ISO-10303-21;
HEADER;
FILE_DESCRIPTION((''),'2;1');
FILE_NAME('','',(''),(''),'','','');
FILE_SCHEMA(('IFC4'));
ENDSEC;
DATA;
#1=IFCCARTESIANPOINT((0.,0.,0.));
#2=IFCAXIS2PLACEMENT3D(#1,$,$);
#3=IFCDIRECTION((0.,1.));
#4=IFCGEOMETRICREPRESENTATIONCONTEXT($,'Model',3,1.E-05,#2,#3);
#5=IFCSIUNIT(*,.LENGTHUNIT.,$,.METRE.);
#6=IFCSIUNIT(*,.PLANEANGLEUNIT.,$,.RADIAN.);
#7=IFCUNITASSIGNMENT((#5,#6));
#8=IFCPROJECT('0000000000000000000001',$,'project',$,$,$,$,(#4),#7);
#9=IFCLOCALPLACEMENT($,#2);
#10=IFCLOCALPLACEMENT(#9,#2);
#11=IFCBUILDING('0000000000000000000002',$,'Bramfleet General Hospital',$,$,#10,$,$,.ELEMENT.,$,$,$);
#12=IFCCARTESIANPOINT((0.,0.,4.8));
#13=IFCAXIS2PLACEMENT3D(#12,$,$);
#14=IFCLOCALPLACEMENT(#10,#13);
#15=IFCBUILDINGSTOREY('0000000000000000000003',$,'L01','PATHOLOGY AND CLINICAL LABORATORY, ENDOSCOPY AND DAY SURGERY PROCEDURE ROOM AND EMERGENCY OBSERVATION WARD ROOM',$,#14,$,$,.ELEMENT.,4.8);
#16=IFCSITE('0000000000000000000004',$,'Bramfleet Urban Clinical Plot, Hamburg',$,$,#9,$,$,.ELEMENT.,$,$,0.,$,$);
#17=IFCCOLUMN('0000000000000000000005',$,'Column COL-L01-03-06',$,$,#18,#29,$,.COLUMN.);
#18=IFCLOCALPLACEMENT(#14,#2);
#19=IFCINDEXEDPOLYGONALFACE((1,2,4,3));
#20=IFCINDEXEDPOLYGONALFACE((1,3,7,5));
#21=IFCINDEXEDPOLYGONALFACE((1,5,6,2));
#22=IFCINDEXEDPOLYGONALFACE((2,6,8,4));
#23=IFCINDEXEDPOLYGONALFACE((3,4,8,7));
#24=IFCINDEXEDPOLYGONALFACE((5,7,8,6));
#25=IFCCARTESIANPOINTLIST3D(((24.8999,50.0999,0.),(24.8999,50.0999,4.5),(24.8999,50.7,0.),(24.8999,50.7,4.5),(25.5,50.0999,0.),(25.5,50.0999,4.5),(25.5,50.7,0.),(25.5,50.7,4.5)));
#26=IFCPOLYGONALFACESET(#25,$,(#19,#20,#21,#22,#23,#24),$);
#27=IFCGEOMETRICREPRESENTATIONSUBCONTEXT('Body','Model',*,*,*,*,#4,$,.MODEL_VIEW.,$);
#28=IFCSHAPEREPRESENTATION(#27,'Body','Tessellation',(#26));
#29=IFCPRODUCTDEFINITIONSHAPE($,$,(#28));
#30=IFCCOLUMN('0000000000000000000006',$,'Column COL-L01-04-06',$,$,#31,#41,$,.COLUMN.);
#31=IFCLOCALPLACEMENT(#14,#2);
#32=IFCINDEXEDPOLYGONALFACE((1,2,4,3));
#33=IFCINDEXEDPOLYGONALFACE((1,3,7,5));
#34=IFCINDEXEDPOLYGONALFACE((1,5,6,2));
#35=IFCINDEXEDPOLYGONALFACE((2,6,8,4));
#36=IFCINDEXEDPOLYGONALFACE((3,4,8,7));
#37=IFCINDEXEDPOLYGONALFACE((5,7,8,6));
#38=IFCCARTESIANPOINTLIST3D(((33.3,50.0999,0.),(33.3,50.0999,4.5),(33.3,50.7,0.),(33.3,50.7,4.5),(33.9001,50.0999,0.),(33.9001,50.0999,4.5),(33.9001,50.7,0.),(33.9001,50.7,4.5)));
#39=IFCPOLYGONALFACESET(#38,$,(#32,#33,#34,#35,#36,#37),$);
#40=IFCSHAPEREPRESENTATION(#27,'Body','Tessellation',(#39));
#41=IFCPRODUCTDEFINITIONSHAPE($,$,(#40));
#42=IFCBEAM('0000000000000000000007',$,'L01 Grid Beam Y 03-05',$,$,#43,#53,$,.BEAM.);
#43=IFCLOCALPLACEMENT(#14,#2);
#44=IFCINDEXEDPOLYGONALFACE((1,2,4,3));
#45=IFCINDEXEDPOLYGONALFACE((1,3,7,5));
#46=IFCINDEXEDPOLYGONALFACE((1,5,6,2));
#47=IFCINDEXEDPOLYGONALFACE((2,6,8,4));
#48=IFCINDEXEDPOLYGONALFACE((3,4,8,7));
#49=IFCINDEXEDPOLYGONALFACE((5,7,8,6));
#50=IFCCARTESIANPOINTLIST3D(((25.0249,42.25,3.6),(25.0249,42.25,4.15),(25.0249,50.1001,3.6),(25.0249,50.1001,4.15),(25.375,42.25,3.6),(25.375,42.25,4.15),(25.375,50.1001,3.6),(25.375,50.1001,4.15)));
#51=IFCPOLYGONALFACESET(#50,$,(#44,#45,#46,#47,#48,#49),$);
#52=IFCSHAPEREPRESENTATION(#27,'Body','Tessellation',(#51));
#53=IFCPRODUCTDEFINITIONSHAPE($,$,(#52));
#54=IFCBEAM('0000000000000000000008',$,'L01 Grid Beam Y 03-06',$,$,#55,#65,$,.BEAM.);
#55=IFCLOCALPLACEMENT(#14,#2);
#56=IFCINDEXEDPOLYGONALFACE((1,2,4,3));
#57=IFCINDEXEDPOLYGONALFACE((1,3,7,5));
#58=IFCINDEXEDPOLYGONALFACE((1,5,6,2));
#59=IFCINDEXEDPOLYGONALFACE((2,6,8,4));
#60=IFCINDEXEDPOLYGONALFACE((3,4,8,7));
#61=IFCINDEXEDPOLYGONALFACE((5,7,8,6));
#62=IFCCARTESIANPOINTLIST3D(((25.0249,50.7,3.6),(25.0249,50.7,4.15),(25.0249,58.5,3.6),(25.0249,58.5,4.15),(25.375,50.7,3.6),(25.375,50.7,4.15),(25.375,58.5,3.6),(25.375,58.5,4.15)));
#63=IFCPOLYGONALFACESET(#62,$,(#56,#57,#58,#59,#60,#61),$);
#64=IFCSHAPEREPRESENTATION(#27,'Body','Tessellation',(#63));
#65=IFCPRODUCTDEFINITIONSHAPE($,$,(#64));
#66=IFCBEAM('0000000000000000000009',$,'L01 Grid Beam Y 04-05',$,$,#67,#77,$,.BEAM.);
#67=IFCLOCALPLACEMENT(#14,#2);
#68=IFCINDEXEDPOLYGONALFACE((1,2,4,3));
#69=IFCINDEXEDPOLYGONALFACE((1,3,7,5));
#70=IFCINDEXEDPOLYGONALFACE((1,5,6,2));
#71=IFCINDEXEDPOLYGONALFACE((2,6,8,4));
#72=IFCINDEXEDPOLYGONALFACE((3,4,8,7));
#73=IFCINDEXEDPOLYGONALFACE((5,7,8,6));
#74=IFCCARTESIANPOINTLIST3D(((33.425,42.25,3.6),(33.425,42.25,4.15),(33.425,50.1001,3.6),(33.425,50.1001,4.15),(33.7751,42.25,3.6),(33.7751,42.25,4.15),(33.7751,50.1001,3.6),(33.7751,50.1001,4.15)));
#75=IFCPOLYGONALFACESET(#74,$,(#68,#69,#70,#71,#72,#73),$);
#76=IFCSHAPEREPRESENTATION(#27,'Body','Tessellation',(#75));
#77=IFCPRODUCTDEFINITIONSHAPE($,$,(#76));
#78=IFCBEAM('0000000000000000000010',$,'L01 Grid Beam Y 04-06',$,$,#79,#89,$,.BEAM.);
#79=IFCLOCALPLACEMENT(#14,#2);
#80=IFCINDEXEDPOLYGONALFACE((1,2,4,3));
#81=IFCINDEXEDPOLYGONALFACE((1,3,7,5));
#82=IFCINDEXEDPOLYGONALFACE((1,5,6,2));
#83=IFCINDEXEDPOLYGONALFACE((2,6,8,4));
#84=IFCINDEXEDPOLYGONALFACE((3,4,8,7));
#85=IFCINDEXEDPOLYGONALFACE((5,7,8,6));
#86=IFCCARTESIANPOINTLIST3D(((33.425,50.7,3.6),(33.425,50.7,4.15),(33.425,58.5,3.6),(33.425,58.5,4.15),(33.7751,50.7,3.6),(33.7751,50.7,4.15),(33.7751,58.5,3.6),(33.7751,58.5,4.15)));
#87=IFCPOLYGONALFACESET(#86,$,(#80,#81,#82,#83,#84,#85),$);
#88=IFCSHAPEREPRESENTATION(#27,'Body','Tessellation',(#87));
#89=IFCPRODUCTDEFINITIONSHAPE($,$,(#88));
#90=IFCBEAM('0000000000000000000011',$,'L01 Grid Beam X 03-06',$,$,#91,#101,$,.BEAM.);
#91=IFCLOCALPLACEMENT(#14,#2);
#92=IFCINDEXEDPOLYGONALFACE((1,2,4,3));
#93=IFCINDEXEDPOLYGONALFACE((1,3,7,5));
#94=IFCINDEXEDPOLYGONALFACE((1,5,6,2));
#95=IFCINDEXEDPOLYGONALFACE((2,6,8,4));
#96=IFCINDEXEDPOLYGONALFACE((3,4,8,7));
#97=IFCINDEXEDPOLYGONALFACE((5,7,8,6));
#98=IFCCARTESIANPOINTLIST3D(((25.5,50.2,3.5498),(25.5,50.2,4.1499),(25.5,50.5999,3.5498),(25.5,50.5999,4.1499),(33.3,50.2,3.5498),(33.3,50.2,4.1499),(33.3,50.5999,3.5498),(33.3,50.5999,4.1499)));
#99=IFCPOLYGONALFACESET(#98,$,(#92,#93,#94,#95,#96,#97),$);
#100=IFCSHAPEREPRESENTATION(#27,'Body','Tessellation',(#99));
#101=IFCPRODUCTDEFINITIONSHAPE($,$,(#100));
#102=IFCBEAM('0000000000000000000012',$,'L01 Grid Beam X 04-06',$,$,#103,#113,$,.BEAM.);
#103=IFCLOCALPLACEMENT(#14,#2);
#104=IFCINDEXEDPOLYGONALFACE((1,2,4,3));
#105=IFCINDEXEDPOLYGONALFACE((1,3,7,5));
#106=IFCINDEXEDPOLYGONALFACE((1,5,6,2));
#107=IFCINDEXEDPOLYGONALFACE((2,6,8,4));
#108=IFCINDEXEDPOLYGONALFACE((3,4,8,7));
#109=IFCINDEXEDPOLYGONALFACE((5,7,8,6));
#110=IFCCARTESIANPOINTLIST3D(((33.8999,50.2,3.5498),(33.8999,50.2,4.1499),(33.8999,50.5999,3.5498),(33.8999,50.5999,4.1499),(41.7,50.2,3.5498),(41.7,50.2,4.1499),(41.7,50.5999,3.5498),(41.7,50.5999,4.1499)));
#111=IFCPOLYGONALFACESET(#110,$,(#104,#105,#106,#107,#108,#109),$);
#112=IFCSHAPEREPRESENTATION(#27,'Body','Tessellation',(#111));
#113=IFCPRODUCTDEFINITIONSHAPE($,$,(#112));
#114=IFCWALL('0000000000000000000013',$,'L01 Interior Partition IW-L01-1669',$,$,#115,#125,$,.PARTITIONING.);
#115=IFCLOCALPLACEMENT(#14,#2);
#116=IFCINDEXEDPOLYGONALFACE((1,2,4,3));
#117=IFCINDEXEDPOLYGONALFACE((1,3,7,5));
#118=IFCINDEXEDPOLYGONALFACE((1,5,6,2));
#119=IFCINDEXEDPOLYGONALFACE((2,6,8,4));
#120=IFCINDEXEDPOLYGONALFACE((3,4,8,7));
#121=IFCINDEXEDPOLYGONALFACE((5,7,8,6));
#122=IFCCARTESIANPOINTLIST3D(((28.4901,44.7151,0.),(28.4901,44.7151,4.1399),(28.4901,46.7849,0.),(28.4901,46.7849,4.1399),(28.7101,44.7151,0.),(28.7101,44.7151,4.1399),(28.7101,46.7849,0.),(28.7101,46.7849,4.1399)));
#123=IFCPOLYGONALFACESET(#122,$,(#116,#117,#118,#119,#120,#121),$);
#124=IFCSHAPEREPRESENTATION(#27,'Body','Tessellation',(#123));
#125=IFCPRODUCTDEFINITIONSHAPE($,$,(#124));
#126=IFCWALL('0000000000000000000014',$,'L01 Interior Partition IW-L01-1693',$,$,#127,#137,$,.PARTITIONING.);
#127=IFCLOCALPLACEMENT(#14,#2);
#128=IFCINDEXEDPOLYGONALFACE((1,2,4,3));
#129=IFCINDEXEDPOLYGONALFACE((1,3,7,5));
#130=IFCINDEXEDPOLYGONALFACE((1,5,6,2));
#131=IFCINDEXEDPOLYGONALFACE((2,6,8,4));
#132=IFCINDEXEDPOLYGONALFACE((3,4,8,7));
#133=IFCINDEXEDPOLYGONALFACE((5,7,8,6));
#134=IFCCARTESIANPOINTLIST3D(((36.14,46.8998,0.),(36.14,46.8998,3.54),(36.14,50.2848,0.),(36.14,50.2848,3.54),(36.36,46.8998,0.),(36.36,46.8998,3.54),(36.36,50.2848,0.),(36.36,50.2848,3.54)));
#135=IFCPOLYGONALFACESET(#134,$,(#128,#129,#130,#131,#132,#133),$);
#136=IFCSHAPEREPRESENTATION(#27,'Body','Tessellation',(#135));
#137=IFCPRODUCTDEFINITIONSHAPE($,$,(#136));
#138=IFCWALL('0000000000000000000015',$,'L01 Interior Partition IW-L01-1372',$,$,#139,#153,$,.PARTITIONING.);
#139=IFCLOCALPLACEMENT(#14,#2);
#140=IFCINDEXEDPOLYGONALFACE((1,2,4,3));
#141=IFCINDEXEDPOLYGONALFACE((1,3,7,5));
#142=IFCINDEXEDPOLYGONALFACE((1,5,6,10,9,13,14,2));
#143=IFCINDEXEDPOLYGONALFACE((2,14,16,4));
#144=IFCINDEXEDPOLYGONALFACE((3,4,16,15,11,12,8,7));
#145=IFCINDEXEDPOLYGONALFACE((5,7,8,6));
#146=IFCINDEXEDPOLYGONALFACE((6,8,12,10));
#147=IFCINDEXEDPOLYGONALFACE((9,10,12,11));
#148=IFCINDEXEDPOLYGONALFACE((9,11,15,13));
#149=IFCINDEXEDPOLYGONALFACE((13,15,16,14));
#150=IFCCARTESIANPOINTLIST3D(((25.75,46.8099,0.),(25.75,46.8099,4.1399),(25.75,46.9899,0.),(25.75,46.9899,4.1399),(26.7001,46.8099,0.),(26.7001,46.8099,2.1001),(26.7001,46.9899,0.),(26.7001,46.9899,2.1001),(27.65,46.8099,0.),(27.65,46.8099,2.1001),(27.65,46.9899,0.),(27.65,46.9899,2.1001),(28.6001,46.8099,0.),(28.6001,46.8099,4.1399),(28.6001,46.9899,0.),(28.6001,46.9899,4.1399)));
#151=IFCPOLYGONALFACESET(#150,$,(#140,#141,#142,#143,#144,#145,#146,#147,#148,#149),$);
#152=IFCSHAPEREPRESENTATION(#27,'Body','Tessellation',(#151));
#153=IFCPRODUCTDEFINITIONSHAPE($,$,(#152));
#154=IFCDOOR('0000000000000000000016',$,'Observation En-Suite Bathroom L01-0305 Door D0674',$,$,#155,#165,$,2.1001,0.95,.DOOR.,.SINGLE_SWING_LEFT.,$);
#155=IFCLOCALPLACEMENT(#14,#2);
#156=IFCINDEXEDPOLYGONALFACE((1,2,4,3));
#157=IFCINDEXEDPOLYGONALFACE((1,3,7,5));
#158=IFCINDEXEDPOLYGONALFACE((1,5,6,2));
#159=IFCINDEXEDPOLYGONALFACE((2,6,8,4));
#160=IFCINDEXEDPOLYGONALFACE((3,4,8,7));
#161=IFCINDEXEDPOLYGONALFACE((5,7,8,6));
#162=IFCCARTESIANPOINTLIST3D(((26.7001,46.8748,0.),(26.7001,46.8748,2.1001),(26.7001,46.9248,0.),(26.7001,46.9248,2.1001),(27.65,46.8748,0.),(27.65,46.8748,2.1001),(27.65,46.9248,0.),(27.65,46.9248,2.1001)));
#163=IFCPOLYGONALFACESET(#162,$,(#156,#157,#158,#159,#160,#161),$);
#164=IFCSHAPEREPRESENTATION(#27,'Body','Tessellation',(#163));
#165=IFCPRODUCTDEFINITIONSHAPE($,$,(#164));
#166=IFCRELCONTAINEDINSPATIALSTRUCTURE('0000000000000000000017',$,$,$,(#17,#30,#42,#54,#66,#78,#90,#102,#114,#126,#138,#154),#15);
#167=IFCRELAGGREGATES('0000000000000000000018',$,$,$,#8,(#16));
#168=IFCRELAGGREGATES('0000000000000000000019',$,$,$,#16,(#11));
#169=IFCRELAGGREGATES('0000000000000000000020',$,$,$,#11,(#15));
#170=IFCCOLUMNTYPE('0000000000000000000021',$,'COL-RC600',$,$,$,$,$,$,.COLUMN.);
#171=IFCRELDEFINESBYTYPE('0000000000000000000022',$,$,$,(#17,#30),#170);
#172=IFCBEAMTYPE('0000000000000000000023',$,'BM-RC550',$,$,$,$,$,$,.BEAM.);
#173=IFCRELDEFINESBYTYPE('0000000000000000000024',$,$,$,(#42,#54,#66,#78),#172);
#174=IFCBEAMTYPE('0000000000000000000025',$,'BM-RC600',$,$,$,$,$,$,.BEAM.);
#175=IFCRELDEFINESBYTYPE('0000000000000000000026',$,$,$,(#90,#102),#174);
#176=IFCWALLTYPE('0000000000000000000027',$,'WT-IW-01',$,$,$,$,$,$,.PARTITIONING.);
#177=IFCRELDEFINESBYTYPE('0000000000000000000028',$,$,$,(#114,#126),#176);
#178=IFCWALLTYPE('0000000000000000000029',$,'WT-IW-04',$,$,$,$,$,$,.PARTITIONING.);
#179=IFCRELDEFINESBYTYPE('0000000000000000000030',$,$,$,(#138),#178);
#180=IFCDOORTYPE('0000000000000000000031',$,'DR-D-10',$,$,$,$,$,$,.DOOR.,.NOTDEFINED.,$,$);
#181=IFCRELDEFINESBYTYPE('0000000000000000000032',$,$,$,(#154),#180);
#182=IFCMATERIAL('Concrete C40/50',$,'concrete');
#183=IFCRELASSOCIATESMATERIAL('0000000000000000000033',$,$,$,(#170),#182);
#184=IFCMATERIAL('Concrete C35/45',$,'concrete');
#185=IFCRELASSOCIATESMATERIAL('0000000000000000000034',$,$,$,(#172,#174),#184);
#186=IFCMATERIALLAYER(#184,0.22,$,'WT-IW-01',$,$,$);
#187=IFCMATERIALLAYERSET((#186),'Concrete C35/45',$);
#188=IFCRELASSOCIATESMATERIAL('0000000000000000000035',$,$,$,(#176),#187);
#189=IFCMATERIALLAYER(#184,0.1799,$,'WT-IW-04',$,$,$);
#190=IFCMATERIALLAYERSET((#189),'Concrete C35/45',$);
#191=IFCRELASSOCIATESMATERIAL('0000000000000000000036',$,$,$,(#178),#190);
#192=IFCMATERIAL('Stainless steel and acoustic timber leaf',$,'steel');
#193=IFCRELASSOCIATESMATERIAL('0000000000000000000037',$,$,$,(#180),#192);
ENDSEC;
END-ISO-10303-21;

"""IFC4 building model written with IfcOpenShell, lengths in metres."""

from ifc_helpers import new_model, si_unit, direction, frame, frame_2d, origin, origin_2d, place, context, subcontext, project, spatial, rectangle, extrude, material, layer, layer_set, material_profile, profile_set, type_object, element, fill, save


model = new_model("IFC4")

# Units and contexts
model_context = context("Model", 3, precision=1e-05, world=origin(), true_north=direction((0.0, 1.0)))
body_context = subcontext(model_context, "Body", "Model", "MODEL_VIEW")
ifc_project = project(units=[si_unit("LENGTHUNIT", "METRE"), si_unit("PLANEANGLEUNIT", "RADIAN")], contexts=[model_context])

# Site, building, storey
site_placement = place(None, origin())
site = spatial("IfcSite", under=ifc_project, at=site_placement, Name="Bramfleet Urban Clinical Plot, Hamburg", CompositionType="ELEMENT", RefElevation=0.0)
building_placement = place(site_placement, origin())
building = spatial("IfcBuilding", under=site, at=building_placement, Name="Bramfleet General Hospital", CompositionType="ELEMENT")
storey_placement = place(building_placement, frame((0.0, 0.0, 4.8)))
storey = spatial("IfcBuildingStorey", under=building, at=storey_placement, Name="L01", Description="PATHOLOGY AND CLINICAL LABORATORY, ENDOSCOPY AND DAY SURGERY PROCEDURE ROOM AND EMERGENCY OBSERVATION WARD ROOM", CompositionType="ELEMENT", Elevation=4.8)

# Columns
ifc_material_1 = material(Name="Concrete C40/50", Category="concrete")
ifc_material_profile_1 = material_profile(ifc_material_1, rectangle(XDim=0.6001, YDim=0.6001, at=origin_2d()), Name="RC COL 600x600")
ifc_profile_set_1 = profile_set([ifc_material_profile_1], Name="Concrete C40/50")
column_type = type_object("IfcColumnType", Name="COL-RC600", PredefinedType="COLUMN", material=ifc_profile_set_1)
for number, where, z_axis, x_axis, name in (
    (1, (25.2, 50.3999, 0.0), (0.0, 0.0, 1.0), (1.0, 0.0, 0.0), "Column COL-L01-03-06"),
    (2, (33.6001, 50.3999, 0.0), (0.0, 0.0, 1.0), (1.0, 0.0, 0.0), "Column COL-L01-04-06"),
):
    element("IfcColumn", number, at=place(storey_placement, frame(where, z_axis=z_axis, x_axis=x_axis)), inside=storey, type_object=column_type, Name=name, PredefinedType="COLUMN", context=body_context, shape_type="SweptSolid", body=[
        extrude(rectangle(XDim=0.6001, YDim=0.6001, at=origin_2d()), origin(), (0.0, 0.0, 1.0), 4.5),
    ])

# Beams
ifc_material_2 = material(Name="Concrete C35/45", Category="concrete")
ifc_material_profile_2 = material_profile(ifc_material_2, rectangle(XDim=0.3501, YDim=0.55, at=origin_2d()), Name="RC BM 550x350")
ifc_profile_set_2 = profile_set([ifc_material_profile_2], Name="Concrete C35/45")
beam_type_1 = type_object("IfcBeamType", Name="BM-RC550", PredefinedType="BEAM", material=ifc_profile_set_2)
beam_1_placement = place(storey_placement, frame((25.2, 42.25, 3.875), z_axis=(0.0, 1.0, 0.0), x_axis=(-1.0, 0.0, 0.0)))
element("IfcBeam", 3, at=beam_1_placement, inside=storey, type_object=beam_type_1, Name="L01 Grid Beam Y 03-05", PredefinedType="BEAM", context=body_context, shape_type="SweptSolid", body=[
    extrude(rectangle(XDim=0.3501, YDim=0.55, at=origin_2d()), origin(), (0.0, 0.0, 1.0), 7.8501),
])
beam_2_placement = place(storey_placement, frame((25.2, 50.7, 3.875), z_axis=(0.0, 1.0, 0.0), x_axis=(-1.0, 0.0, 0.0)))
element("IfcBeam", 4, at=beam_2_placement, inside=storey, type_object=beam_type_1, Name="L01 Grid Beam Y 03-06", PredefinedType="BEAM", context=body_context, shape_type="SweptSolid", body=[
    extrude(rectangle(XDim=0.3501, YDim=0.55, at=origin_2d()), origin(), (0.0, 0.0, 1.0), 7.8),
])
beam_3_placement = place(storey_placement, frame((33.6001, 42.25, 3.875), z_axis=(0.0, 1.0, 0.0), x_axis=(-1.0, 0.0, 0.0)))
element("IfcBeam", 5, at=beam_3_placement, inside=storey, type_object=beam_type_1, Name="L01 Grid Beam Y 04-05", PredefinedType="BEAM", context=body_context, shape_type="SweptSolid", body=[
    extrude(rectangle(XDim=0.3501, YDim=0.55, at=origin_2d()), origin(), (0.0, 0.0, 1.0), 7.8501),
])
beam_4_placement = place(storey_placement, frame((33.6001, 50.7, 3.875), z_axis=(0.0, 1.0, 0.0), x_axis=(-1.0, 0.0, 0.0)))
element("IfcBeam", 6, at=beam_4_placement, inside=storey, type_object=beam_type_1, Name="L01 Grid Beam Y 04-06", PredefinedType="BEAM", context=body_context, shape_type="SweptSolid", body=[
    extrude(rectangle(XDim=0.3501, YDim=0.55, at=origin_2d()), origin(), (0.0, 0.0, 1.0), 7.8),
])
ifc_material_profile_3 = material_profile(ifc_material_2, rectangle(XDim=0.3999, YDim=0.6001, at=origin_2d()), Name="RC BM 600x400")
ifc_profile_set_3 = profile_set([ifc_material_profile_3], Name="Concrete C35/45")
beam_type_2 = type_object("IfcBeamType", Name="BM-RC600", PredefinedType="BEAM", material=ifc_profile_set_3)
for number, where, z_axis, x_axis, name in (
    (7, (25.5, 50.3999, 3.8499), (1.0, 0.0, 0.0), (0.0, 1.0, 0.0), "L01 Grid Beam X 03-06"),
    (8, (33.8999, 50.3999, 3.8499), (1.0, 0.0, 0.0), (0.0, 1.0, 0.0), "L01 Grid Beam X 04-06"),
):
    element("IfcBeam", number, at=place(storey_placement, frame(where, z_axis=z_axis, x_axis=x_axis)), inside=storey, type_object=beam_type_2, Name=name, PredefinedType="BEAM", context=body_context, shape_type="SweptSolid", body=[
        extrude(rectangle(XDim=0.3999, YDim=0.6001, at=origin_2d()), origin(), (0.0, 0.0, 1.0), 7.8),
    ])

# Walls
ifc_layer_1 = layer(ifc_material_2, 0.22, Name="WT-IW-01")
ifc_layer_set_1 = layer_set([ifc_layer_1], Name="Concrete C35/45")
wall_type_1 = type_object("IfcWallType", Name="WT-IW-01", PredefinedType="PARTITIONING", material=ifc_layer_set_1)
wall_1_placement = place(storey_placement, frame((28.6001, 44.7151, 0.0), z_axis=(0.0, 0.0, 1.0), x_axis=(0.0, 1.0, 0.0)))
element("IfcWall", 9, at=wall_1_placement, inside=storey, type_object=wall_type_1, Name="L01 Interior Partition IW-L01-1669", PredefinedType="PARTITIONING", context=body_context, shape_type="SweptSolid", body=[
    extrude(rectangle(XDim=2.0698, YDim=0.22, at=frame_2d((1.0349, 0.0))), origin(), (0.0, 0.0, 1.0), 4.1399),
])
wall_2_placement = place(storey_placement, frame((36.25, 46.8999, 0.0), z_axis=(0.0, 0.0, 1.0), x_axis=(0.0, 1.0, 0.0)))
element("IfcWall", 10, at=wall_2_placement, inside=storey, type_object=wall_type_1, Name="L01 Interior Partition IW-L01-1693", PredefinedType="PARTITIONING", context=body_context, shape_type="SweptSolid", body=[
    extrude(rectangle(XDim=3.385, YDim=0.22, at=frame_2d((1.6924, 0.0))), origin(), (0.0, 0.0, 1.0), 3.54),
])

# Wall, opening, door
ifc_layer_2 = layer(ifc_material_2, 0.1799, Name="WT-IW-04")
ifc_layer_set_2 = layer_set([ifc_layer_2], Name="Concrete C35/45")
wall_type_2 = type_object("IfcWallType", Name="WT-IW-04", PredefinedType="PARTITIONING", material=ifc_layer_set_2)
wall_3_placement = place(storey_placement, frame((25.75, 46.8999, 0.0), z_axis=(0.0, 0.0, 1.0), x_axis=(1.0, 0.0, 0.0)))
wall_3 = element("IfcWall", 11, at=wall_3_placement, inside=storey, type_object=wall_type_2, Name="L01 Interior Partition IW-L01-1372", PredefinedType="PARTITIONING", context=body_context, shape_type="SweptSolid", body=[
    extrude(rectangle(XDim=2.8501, YDim=0.1799, at=frame_2d((1.425, 0.0))), origin(), (0.0, 0.0, 1.0), 4.1399),
])
opening_1_placement = place(wall_3_placement, frame((0.95, 0.0, 0.0)))
opening_1 = element("IfcOpeningElement", 12, at=opening_1_placement, cuts=wall_3, PredefinedType="OPENING", context=body_context, shape_type="SweptSolid", body=[
    extrude(rectangle(XDim=0.95, YDim=2.1001, at=frame_2d((0.4751, 1.05))), frame((0.0, 0.0999, 0.0), z_axis=(0.0, -1.0, 0.0), x_axis=(1.0, 0.0, 0.0)), (0.0, 0.0, 1.0), 0.2),
])
ifc_material_3 = material(Name="Stainless steel and acoustic timber leaf", Category="steel")
door_type_1 = type_object("IfcDoorType", Name="DR-D-10", OperationType="NOTDEFINED", PredefinedType="DOOR", material=ifc_material_3)
door_1_placement = place(opening_1_placement, origin())
door_1 = element("IfcDoor", 13, at=door_1_placement, inside=storey, type_object=door_type_1, Name="Observation En-Suite Bathroom L01-0305 Door D0674", OperationType="SINGLE_SWING_LEFT", OverallHeight=2.1001, OverallWidth=0.95, PredefinedType="DOOR", context=body_context, shape_type="SweptSolid", body=[
    extrude(rectangle(XDim=0.95, YDim=2.1001, at=frame_2d((0.4751, 1.05))), frame((0.0, 0.0249, 0.0), z_axis=(0.0, -1.0, 0.0), x_axis=(1.0, 0.0, 0.0)), (0.0, 0.0, 1.0), 0.05),
])
fill(opening_1, door_1)

save(model, "model.ifc")
